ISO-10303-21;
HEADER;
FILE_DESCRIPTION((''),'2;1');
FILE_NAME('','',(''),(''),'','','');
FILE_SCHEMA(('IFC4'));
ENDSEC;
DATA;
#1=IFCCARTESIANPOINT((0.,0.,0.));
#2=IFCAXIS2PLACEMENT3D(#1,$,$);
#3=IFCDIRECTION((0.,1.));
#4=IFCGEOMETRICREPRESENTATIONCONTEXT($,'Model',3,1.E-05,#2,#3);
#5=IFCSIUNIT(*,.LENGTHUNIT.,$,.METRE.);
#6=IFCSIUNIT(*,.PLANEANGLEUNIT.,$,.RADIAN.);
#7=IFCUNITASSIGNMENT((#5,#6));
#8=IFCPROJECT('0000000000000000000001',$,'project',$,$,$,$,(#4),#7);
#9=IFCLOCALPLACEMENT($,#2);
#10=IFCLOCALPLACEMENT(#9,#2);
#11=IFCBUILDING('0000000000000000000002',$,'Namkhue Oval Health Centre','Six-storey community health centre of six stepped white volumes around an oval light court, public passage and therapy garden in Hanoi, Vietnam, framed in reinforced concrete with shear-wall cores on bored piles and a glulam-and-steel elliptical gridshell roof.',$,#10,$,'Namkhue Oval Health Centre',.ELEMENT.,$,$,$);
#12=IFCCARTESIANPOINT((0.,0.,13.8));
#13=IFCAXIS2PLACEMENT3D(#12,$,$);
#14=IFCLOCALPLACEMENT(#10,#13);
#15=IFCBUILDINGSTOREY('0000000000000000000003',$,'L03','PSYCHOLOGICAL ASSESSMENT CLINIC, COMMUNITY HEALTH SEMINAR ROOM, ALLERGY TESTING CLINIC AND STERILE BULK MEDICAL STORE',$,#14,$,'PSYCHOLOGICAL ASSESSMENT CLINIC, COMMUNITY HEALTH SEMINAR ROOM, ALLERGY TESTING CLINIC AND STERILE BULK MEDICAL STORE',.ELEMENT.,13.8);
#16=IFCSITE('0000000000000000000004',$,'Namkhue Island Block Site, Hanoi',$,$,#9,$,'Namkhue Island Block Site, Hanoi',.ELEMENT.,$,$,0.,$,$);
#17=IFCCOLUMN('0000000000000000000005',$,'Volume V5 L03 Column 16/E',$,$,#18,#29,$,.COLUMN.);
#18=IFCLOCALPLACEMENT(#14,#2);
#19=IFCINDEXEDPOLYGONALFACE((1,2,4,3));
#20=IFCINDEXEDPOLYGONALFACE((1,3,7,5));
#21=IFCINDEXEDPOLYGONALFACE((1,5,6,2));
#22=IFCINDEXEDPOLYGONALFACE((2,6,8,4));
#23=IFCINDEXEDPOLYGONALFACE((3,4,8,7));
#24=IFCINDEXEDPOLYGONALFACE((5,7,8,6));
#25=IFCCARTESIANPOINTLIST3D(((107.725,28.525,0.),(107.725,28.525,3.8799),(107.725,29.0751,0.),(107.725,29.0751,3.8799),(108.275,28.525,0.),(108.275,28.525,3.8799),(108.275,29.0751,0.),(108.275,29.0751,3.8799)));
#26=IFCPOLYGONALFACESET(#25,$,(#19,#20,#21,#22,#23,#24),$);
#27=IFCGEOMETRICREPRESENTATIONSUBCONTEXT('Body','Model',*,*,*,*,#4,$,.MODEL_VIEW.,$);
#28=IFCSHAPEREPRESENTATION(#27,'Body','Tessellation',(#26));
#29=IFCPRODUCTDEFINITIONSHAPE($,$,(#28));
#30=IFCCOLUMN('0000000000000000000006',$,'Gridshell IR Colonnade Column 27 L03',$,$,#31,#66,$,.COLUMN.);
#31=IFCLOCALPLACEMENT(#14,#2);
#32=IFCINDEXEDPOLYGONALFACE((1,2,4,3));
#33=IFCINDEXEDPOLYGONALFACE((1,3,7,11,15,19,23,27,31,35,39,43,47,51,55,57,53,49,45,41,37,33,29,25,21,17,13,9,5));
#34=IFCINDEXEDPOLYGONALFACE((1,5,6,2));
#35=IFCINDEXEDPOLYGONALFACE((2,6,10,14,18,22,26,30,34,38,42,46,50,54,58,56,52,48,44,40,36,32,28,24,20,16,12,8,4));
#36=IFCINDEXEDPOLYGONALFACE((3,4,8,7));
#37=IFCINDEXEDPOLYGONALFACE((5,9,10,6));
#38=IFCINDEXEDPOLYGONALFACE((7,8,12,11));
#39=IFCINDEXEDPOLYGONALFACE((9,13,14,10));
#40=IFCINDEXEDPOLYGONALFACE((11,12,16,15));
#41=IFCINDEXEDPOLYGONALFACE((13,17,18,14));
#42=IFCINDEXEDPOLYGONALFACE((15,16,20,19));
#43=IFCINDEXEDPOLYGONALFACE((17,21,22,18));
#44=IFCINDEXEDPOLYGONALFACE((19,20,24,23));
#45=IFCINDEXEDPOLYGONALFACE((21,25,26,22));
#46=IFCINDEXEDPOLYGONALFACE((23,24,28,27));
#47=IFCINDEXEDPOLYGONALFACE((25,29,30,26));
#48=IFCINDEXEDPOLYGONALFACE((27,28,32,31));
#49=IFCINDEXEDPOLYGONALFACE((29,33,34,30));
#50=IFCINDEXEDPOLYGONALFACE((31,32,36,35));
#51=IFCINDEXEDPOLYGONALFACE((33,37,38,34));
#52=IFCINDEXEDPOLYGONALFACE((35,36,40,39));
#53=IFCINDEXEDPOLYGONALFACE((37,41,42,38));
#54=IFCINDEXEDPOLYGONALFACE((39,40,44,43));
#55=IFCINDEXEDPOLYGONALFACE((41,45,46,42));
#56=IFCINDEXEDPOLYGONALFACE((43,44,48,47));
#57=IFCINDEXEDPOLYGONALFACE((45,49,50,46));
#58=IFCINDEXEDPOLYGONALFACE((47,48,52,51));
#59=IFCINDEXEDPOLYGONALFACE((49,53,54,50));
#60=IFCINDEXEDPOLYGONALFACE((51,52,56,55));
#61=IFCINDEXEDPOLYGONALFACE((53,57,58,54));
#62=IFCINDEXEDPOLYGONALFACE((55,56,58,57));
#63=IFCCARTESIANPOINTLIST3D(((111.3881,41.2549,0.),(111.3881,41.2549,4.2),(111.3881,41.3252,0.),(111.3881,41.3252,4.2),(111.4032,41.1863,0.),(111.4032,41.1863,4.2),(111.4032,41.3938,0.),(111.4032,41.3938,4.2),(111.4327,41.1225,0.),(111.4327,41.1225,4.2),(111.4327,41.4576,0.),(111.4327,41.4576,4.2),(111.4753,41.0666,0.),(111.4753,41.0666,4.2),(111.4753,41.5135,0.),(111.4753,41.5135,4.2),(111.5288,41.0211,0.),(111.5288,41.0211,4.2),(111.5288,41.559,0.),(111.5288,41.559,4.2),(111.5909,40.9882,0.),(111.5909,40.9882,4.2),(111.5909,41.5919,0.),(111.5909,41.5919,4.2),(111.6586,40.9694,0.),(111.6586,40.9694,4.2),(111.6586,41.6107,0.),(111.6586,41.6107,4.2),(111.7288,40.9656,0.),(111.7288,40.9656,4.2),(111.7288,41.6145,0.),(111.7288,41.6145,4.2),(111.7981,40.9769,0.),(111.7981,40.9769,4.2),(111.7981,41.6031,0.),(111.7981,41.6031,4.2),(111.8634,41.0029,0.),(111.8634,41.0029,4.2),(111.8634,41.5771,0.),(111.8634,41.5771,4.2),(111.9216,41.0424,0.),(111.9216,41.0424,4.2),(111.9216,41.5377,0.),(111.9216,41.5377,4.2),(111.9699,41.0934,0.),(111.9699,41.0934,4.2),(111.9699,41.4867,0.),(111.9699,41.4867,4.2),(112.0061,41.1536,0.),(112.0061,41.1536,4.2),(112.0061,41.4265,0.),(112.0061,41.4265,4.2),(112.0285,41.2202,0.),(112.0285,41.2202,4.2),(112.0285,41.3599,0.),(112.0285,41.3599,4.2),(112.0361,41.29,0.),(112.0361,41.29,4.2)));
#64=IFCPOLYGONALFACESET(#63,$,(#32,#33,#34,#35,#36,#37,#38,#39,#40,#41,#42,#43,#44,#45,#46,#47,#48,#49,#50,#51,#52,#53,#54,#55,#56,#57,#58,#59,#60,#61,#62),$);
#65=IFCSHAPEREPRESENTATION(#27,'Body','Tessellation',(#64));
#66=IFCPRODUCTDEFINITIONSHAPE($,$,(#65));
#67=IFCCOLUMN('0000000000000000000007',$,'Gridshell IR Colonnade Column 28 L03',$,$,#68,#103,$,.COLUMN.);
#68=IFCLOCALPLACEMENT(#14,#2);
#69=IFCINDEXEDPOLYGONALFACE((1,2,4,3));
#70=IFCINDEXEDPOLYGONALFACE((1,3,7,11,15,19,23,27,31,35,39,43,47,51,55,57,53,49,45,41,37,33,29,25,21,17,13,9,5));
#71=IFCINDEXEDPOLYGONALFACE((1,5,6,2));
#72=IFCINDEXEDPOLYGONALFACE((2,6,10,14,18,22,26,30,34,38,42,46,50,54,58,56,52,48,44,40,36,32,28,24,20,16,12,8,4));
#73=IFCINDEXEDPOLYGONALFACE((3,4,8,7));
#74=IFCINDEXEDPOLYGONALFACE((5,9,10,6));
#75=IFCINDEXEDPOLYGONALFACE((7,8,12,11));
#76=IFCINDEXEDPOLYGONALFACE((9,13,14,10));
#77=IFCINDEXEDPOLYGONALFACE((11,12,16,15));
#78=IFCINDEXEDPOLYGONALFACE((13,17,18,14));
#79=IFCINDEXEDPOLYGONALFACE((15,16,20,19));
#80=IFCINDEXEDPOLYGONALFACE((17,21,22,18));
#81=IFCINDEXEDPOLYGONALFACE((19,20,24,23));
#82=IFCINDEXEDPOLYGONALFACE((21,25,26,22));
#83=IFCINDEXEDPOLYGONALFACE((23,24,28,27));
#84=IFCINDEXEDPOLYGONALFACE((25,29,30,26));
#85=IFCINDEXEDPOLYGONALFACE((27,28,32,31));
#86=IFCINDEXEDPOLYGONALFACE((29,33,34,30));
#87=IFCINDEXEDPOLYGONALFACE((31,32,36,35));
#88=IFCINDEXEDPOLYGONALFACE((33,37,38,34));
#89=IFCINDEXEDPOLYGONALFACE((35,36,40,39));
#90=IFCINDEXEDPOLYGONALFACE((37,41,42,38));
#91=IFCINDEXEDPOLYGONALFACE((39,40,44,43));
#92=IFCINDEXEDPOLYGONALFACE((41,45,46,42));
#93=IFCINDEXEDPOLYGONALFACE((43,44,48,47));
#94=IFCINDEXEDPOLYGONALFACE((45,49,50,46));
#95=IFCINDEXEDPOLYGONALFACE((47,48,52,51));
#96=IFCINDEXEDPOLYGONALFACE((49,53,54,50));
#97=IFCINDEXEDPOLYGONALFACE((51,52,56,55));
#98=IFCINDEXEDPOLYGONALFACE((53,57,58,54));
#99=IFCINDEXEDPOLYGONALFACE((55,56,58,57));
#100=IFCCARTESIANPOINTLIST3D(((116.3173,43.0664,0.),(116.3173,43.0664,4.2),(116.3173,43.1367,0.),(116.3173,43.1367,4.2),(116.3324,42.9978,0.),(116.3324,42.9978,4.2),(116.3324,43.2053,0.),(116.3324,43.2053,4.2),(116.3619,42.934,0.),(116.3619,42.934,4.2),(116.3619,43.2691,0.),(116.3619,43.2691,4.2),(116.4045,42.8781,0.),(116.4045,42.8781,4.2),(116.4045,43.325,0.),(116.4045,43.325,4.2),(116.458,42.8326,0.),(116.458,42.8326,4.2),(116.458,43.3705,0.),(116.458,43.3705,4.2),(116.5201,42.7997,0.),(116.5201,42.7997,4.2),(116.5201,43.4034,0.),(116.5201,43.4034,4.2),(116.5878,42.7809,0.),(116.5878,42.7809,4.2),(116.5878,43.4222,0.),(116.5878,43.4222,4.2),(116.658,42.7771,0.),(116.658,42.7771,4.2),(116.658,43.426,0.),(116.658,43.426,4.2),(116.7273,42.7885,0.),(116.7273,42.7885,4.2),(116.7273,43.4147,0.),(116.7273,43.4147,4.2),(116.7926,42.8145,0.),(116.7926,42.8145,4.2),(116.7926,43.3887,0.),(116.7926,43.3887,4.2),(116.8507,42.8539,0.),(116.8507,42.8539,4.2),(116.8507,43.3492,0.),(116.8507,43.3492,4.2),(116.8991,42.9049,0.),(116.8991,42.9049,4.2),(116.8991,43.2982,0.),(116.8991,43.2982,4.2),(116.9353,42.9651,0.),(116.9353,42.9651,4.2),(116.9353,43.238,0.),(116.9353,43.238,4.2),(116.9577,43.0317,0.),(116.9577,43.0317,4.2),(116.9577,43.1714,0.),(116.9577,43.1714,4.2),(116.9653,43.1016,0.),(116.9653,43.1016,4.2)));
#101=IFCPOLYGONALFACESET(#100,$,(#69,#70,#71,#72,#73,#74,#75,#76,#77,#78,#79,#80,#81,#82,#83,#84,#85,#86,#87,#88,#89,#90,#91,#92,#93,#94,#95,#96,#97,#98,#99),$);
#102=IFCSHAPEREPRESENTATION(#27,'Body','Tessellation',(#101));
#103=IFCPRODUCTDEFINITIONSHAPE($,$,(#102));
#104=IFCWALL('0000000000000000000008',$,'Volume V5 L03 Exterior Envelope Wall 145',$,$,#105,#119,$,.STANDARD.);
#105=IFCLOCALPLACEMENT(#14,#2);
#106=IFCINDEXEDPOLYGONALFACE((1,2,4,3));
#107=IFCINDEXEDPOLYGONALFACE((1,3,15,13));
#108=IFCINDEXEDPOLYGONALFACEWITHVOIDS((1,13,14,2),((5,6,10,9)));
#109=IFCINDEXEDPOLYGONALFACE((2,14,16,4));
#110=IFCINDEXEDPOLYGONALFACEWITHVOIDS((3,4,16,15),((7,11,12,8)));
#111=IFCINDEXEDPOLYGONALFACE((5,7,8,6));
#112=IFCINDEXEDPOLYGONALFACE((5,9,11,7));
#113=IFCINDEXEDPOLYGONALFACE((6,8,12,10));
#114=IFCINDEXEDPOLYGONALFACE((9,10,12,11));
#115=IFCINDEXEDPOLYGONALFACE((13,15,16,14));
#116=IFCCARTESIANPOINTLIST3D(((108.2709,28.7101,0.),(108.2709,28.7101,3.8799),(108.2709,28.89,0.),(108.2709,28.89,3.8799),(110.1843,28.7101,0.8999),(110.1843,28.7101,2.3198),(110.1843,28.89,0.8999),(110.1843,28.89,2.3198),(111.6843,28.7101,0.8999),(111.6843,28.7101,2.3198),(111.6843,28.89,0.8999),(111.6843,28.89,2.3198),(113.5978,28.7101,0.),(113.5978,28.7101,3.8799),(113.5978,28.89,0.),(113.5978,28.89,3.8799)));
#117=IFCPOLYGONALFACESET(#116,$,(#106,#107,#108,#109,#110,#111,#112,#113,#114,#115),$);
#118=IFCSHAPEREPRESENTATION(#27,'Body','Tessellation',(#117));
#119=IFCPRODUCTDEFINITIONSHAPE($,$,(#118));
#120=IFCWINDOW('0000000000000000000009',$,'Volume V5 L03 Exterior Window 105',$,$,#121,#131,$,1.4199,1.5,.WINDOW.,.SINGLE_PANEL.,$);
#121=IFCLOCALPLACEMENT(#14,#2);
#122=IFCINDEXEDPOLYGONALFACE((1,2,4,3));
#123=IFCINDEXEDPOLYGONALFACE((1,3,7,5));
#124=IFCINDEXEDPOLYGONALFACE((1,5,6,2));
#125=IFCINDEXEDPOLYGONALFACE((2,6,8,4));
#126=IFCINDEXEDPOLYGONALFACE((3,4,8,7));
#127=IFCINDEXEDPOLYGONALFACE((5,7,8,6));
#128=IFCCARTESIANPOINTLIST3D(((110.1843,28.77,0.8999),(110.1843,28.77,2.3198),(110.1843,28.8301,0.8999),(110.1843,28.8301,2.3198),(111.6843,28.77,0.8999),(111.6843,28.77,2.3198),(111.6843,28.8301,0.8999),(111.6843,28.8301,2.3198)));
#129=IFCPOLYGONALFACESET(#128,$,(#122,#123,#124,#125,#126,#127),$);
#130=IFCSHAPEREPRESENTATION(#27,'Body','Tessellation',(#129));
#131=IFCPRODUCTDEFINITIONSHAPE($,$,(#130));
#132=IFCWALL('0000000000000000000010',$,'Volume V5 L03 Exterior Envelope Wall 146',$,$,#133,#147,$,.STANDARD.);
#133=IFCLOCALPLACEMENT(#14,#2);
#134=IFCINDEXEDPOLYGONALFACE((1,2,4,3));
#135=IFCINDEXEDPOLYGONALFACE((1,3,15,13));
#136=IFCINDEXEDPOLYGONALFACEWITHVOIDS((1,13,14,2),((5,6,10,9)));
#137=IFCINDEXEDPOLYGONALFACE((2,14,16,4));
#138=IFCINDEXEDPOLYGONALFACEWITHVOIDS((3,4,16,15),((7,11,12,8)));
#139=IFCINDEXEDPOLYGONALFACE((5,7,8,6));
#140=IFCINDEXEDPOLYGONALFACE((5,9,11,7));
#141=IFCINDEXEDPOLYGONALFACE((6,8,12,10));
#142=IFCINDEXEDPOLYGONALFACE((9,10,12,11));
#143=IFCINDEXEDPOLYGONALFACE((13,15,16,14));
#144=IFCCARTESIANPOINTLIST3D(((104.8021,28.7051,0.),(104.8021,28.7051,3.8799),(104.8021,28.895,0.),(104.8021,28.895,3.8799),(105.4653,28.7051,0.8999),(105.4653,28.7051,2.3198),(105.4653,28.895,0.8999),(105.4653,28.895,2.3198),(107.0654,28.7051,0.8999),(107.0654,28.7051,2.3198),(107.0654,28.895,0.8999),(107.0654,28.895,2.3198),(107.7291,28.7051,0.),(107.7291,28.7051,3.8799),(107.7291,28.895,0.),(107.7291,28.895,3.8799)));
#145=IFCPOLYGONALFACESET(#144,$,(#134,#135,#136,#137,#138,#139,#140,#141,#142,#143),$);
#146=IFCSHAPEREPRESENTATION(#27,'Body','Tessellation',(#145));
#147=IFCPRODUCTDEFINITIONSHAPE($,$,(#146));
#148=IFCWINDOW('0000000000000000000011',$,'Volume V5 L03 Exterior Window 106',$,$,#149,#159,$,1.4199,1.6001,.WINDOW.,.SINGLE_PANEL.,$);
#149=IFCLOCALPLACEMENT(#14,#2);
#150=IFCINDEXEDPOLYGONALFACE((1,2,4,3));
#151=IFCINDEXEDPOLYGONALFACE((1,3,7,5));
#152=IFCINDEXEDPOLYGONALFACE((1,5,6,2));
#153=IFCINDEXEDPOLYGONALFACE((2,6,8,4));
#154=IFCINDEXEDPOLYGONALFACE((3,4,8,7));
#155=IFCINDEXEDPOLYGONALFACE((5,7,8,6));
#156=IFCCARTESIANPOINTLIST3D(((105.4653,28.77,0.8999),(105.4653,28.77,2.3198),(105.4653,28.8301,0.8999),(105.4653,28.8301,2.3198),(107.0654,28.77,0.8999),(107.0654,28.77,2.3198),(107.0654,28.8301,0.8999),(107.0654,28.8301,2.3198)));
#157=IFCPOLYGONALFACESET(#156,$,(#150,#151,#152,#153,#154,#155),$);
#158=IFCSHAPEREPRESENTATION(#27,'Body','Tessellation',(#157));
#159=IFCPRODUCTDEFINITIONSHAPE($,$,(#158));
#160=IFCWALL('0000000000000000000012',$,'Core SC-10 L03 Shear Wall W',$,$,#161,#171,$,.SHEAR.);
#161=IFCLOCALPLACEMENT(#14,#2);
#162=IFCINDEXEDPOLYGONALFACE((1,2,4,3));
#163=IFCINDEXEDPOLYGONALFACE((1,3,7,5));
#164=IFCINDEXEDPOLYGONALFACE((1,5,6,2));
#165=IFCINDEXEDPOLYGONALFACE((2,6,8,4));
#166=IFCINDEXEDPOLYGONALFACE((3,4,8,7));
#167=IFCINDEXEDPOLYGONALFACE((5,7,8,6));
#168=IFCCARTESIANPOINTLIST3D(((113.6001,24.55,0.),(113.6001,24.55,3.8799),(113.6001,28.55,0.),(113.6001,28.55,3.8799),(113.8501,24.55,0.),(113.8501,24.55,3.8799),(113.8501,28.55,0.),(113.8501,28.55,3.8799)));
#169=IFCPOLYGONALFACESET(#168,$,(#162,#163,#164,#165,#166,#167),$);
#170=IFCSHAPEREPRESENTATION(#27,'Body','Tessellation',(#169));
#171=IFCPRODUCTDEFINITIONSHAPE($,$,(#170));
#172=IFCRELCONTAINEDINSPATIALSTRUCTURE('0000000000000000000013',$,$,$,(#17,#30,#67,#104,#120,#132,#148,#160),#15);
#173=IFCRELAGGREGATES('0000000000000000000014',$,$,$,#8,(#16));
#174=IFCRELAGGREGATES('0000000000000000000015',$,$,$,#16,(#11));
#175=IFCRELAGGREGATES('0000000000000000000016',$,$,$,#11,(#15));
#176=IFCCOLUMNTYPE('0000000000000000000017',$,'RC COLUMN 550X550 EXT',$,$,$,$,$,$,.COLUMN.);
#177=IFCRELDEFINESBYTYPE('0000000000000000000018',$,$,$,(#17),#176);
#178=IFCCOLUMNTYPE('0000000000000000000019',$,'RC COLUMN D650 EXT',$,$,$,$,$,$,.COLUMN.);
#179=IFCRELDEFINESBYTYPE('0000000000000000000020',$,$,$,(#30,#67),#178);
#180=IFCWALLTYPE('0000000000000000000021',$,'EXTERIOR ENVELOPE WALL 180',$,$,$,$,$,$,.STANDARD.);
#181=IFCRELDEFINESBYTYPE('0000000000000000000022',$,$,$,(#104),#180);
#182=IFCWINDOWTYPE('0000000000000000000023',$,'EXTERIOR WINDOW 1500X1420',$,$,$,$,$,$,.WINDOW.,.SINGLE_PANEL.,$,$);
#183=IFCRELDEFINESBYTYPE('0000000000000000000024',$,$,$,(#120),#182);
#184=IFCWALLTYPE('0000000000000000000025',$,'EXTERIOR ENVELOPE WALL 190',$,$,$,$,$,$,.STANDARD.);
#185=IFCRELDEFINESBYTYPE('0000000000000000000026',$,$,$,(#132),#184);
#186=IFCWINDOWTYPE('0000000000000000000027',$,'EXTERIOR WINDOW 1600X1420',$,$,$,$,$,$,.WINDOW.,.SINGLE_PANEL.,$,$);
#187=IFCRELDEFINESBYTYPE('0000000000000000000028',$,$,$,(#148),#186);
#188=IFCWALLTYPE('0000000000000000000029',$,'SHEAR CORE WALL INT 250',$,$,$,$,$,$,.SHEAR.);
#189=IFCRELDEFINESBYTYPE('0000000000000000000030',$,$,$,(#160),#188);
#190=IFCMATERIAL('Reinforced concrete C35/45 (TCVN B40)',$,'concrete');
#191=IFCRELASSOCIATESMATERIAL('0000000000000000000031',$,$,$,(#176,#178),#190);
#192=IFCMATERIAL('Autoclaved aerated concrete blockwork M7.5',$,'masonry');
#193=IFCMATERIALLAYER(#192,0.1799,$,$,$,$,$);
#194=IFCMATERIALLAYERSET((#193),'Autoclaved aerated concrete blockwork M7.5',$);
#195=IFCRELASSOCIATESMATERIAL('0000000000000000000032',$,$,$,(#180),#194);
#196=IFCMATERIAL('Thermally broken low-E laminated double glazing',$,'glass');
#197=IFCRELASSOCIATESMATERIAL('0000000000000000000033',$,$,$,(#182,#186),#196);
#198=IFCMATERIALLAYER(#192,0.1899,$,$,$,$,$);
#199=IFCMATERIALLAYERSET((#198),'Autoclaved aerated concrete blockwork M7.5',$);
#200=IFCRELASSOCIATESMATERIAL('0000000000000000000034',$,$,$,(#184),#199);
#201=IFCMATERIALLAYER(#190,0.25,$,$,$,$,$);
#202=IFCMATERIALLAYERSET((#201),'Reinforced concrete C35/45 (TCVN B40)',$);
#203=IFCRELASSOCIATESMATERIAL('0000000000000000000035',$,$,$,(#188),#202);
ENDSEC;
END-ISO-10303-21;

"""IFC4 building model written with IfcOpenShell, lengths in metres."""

from ifc_helpers import new_model, si_unit, direction, frame, frame_2d, origin, origin_2d, place, context, subcontext, project, spatial, rectangle, circle, extrude, material, layer, layer_set, material_profile, profile_set, type_object, element, fill, save


model = new_model("IFC4")

# Units and contexts
model_context = context("Model", 3, precision=1e-05, world=origin(), true_north=direction((0.0, 1.0)))
body_context = subcontext(model_context, "Body", "Model", "MODEL_VIEW")
ifc_project = project(units=[si_unit("LENGTHUNIT", "METRE"), si_unit("PLANEANGLEUNIT", "RADIAN")], contexts=[model_context])

# Site, building, storey
site_placement = place(None, origin())
site = spatial("IfcSite", under=ifc_project, at=site_placement, Name="Namkhue Island Block Site, Hanoi", LongName="Namkhue Island Block Site, Hanoi", CompositionType="ELEMENT", RefElevation=0.0)
building_placement = place(site_placement, origin())
building = spatial("IfcBuilding", under=site, at=building_placement, Name="Namkhue Oval Health Centre", Description="Six-storey community health centre of six stepped white volumes around an oval light court, public passage and therapy garden in Hanoi, Vietnam, framed in reinforced concrete with shear-wall cores on bored piles and a glulam-and-steel elliptical gridshell roof.", LongName="Namkhue Oval Health Centre", CompositionType="ELEMENT")
storey_placement = place(building_placement, frame((0.0, 0.0, 13.8)))
storey = spatial("IfcBuildingStorey", under=building, at=storey_placement, Name="L03", Description="PSYCHOLOGICAL ASSESSMENT CLINIC, COMMUNITY HEALTH SEMINAR ROOM, ALLERGY TESTING CLINIC AND STERILE BULK MEDICAL STORE", LongName="PSYCHOLOGICAL ASSESSMENT CLINIC, COMMUNITY HEALTH SEMINAR ROOM, ALLERGY TESTING CLINIC AND STERILE BULK MEDICAL STORE", CompositionType="ELEMENT", Elevation=13.8)

# Columns
ifc_material_1 = material(Name="Reinforced concrete C35/45 (TCVN B40)", Category="concrete")
ifc_material_profile_1 = material_profile(ifc_material_1, rectangle(XDim=0.55, YDim=0.55, at=origin_2d()), Name="RC 550x550")
ifc_profile_set_1 = profile_set([ifc_material_profile_1], Name="Reinforced concrete C35/45 (TCVN B40)")
column_type_1 = type_object("IfcColumnType", Name="RC COLUMN 550X550 EXT", PredefinedType="COLUMN", material=ifc_profile_set_1)
column_placement = place(storey_placement, frame((108.0, 28.8, 0.0), z_axis=(0.0, 0.0, 1.0), x_axis=(1.0, 0.0, 0.0)))
element("IfcColumn", 1, at=column_placement, inside=storey, type_object=column_type_1, Name="Volume V5 L03 Column 16/E", PredefinedType="COLUMN", context=body_context, shape_type="SweptSolid", body=[
    extrude(rectangle(XDim=0.55, YDim=0.55, at=origin_2d()), origin(), (0.0, 0.0, 1.0), 3.8799),
])
ifc_material_profile_2 = material_profile(ifc_material_1, circle(Radius=0.325, at=origin_2d()), Name="RC D650")
ifc_profile_set_2 = profile_set([ifc_material_profile_2], Name="Reinforced concrete C35/45 (TCVN B40)")
column_type_2 = type_object("IfcColumnType", Name="RC COLUMN D650 EXT", PredefinedType="COLUMN", material=ifc_profile_set_2)
for number, where, z_axis, x_axis, name in (
    (2, (111.7112, 41.29, 0.0), (0.0, 0.0, 1.0), (1.0, 0.0, 0.0), "Gridshell IR Colonnade Column 27 L03"),
    (3, (116.6404, 43.1016, 0.0), (0.0, 0.0, 1.0), (1.0, 0.0, 0.0), "Gridshell IR Colonnade Column 28 L03"),
):
    element("IfcColumn", number, at=place(storey_placement, frame(where, z_axis=z_axis, x_axis=x_axis)), inside=storey, type_object=column_type_2, Name=name, PredefinedType="COLUMN", context=body_context, shape_type="SweptSolid", body=[
        extrude(circle(Radius=0.325, at=origin_2d()), origin(), (0.0, 0.0, 1.0), 4.2),
    ])

# Walls, openings, windows
ifc_material_2 = material(Name="Autoclaved aerated concrete blockwork M7.5", Category="masonry")
ifc_layer_1 = layer(ifc_material_2, 0.1799)
ifc_layer_set_1 = layer_set([ifc_layer_1], Name="Autoclaved aerated concrete blockwork M7.5")
wall_type_1 = type_object("IfcWallType", Name="EXTERIOR ENVELOPE WALL 180", PredefinedType="STANDARD", material=ifc_layer_set_1)
wall_1_placement = place(storey_placement, frame((113.5979, 28.8, 0.0), z_axis=(0.0, 0.0, 1.0), x_axis=(-1.0, 0.0, 0.0)))
wall_1 = element("IfcWall", 4, at=wall_1_placement, inside=storey, type_object=wall_type_1, Name="Volume V5 L03 Exterior Envelope Wall 145", PredefinedType="STANDARD", context=body_context, shape_type="SweptSolid", body=[
    extrude(rectangle(XDim=5.3269, YDim=0.1799, at=frame_2d((2.6636, 0.0))), origin(), (0.0, 0.0, 1.0), 3.8799),
])
opening_1_placement = place(wall_1_placement, frame((1.9136, 0.0, 0.8999)))
opening_1 = element("IfcOpeningElement", 5, at=opening_1_placement, cuts=wall_1, PredefinedType="OPENING", context=body_context, shape_type="SweptSolid", body=[
    extrude(rectangle(XDim=1.5, YDim=1.4199, at=frame_2d((0.75, 0.71))), frame((0.0, 0.0999, 0.0), z_axis=(0.0, -1.0, 0.0), x_axis=(1.0, 0.0, 0.0)), (0.0, 0.0, 1.0), 0.2),
])
ifc_material_3 = material(Name="Thermally broken low-E laminated double glazing", Category="glass")
window_type_1 = type_object("IfcWindowType", Name="EXTERIOR WINDOW 1500X1420", PartitioningType="SINGLE_PANEL", PredefinedType="WINDOW", material=ifc_material_3)
window_1_placement = place(opening_1_placement, origin())
window_1 = element("IfcWindow", 6, at=window_1_placement, inside=storey, type_object=window_type_1, Name="Volume V5 L03 Exterior Window 105", OverallHeight=1.4199, OverallWidth=1.5, PartitioningType="SINGLE_PANEL", PredefinedType="WINDOW", context=body_context, shape_type="SweptSolid", body=[
    extrude(rectangle(XDim=1.5, YDim=1.4199, at=frame_2d((0.75, 0.71))), frame((0.0, 0.03, 0.0), z_axis=(0.0, -1.0, 0.0), x_axis=(1.0, 0.0, 0.0)), (0.0, 0.0, 1.0), 0.0601),
])
fill(opening_1, window_1)
ifc_layer_2 = layer(ifc_material_2, 0.1899)
ifc_layer_set_2 = layer_set([ifc_layer_2], Name="Autoclaved aerated concrete blockwork M7.5")
wall_type_2 = type_object("IfcWallType", Name="EXTERIOR ENVELOPE WALL 190", PredefinedType="STANDARD", material=ifc_layer_set_2)
wall_2_placement = place(storey_placement, frame((107.729, 28.8, 0.0), z_axis=(0.0, 0.0, 1.0), x_axis=(-1.0, 0.0, 0.0)))
wall_2 = element("IfcWall", 7, at=wall_2_placement, inside=storey, type_object=wall_type_2, Name="Volume V5 L03 Exterior Envelope Wall 146", PredefinedType="STANDARD", context=body_context, shape_type="SweptSolid", body=[
    extrude(rectangle(XDim=2.927, YDim=0.1899, at=frame_2d((1.4634, 0.0))), origin(), (0.0, 0.0, 1.0), 3.8799),
])
opening_2_placement = place(wall_2_placement, frame((0.6636, 0.0, 0.8999)))
opening_2 = element("IfcOpeningElement", 8, at=opening_2_placement, cuts=wall_2, PredefinedType="OPENING", context=body_context, shape_type="SweptSolid", body=[
    extrude(rectangle(XDim=1.6001, YDim=1.4199, at=frame_2d((0.8, 0.71))), frame((0.0, 0.105, 0.0), z_axis=(0.0, -1.0, 0.0), x_axis=(1.0, 0.0, 0.0)), (0.0, 0.0, 1.0), 0.21),
])
window_type_2 = type_object("IfcWindowType", Name="EXTERIOR WINDOW 1600X1420", PartitioningType="SINGLE_PANEL", PredefinedType="WINDOW", material=ifc_material_3)
window_2_placement = place(opening_2_placement, origin())
window_2 = element("IfcWindow", 9, at=window_2_placement, inside=storey, type_object=window_type_2, Name="Volume V5 L03 Exterior Window 106", OverallHeight=1.4199, OverallWidth=1.6001, PartitioningType="SINGLE_PANEL", PredefinedType="WINDOW", context=body_context, shape_type="SweptSolid", body=[
    extrude(rectangle(XDim=1.6001, YDim=1.4199, at=frame_2d((0.8, 0.71))), frame((0.0, 0.03, 0.0), z_axis=(0.0, -1.0, 0.0), x_axis=(1.0, 0.0, 0.0)), (0.0, 0.0, 1.0), 0.0601),
])
fill(opening_2, window_2)

# Shared definitions
ifc_layer_3 = layer(ifc_material_1, 0.25)
ifc_layer_set_3 = layer_set([ifc_layer_3], Name="Reinforced concrete C35/45 (TCVN B40)")
wall_type_3 = type_object("IfcWallType", Name="SHEAR CORE WALL INT 250", PredefinedType="SHEAR", material=ifc_layer_set_3)

# Wall
wall_3_placement = place(storey_placement, frame((113.7251, 28.55, 0.0), z_axis=(0.0, 0.0, 1.0), x_axis=(0.0, -1.0, 0.0)))
element("IfcWall", 10, at=wall_3_placement, inside=storey, type_object=wall_type_3, Name="Core SC-10 L03 Shear Wall W", PredefinedType="SHEAR", context=body_context, shape_type="SweptSolid", body=[
    extrude(rectangle(XDim=4.0, YDim=0.25, at=frame_2d((2.0, 0.0))), origin(), (0.0, 0.0, 1.0), 3.8799),
])

save(model, "model.ifc")
